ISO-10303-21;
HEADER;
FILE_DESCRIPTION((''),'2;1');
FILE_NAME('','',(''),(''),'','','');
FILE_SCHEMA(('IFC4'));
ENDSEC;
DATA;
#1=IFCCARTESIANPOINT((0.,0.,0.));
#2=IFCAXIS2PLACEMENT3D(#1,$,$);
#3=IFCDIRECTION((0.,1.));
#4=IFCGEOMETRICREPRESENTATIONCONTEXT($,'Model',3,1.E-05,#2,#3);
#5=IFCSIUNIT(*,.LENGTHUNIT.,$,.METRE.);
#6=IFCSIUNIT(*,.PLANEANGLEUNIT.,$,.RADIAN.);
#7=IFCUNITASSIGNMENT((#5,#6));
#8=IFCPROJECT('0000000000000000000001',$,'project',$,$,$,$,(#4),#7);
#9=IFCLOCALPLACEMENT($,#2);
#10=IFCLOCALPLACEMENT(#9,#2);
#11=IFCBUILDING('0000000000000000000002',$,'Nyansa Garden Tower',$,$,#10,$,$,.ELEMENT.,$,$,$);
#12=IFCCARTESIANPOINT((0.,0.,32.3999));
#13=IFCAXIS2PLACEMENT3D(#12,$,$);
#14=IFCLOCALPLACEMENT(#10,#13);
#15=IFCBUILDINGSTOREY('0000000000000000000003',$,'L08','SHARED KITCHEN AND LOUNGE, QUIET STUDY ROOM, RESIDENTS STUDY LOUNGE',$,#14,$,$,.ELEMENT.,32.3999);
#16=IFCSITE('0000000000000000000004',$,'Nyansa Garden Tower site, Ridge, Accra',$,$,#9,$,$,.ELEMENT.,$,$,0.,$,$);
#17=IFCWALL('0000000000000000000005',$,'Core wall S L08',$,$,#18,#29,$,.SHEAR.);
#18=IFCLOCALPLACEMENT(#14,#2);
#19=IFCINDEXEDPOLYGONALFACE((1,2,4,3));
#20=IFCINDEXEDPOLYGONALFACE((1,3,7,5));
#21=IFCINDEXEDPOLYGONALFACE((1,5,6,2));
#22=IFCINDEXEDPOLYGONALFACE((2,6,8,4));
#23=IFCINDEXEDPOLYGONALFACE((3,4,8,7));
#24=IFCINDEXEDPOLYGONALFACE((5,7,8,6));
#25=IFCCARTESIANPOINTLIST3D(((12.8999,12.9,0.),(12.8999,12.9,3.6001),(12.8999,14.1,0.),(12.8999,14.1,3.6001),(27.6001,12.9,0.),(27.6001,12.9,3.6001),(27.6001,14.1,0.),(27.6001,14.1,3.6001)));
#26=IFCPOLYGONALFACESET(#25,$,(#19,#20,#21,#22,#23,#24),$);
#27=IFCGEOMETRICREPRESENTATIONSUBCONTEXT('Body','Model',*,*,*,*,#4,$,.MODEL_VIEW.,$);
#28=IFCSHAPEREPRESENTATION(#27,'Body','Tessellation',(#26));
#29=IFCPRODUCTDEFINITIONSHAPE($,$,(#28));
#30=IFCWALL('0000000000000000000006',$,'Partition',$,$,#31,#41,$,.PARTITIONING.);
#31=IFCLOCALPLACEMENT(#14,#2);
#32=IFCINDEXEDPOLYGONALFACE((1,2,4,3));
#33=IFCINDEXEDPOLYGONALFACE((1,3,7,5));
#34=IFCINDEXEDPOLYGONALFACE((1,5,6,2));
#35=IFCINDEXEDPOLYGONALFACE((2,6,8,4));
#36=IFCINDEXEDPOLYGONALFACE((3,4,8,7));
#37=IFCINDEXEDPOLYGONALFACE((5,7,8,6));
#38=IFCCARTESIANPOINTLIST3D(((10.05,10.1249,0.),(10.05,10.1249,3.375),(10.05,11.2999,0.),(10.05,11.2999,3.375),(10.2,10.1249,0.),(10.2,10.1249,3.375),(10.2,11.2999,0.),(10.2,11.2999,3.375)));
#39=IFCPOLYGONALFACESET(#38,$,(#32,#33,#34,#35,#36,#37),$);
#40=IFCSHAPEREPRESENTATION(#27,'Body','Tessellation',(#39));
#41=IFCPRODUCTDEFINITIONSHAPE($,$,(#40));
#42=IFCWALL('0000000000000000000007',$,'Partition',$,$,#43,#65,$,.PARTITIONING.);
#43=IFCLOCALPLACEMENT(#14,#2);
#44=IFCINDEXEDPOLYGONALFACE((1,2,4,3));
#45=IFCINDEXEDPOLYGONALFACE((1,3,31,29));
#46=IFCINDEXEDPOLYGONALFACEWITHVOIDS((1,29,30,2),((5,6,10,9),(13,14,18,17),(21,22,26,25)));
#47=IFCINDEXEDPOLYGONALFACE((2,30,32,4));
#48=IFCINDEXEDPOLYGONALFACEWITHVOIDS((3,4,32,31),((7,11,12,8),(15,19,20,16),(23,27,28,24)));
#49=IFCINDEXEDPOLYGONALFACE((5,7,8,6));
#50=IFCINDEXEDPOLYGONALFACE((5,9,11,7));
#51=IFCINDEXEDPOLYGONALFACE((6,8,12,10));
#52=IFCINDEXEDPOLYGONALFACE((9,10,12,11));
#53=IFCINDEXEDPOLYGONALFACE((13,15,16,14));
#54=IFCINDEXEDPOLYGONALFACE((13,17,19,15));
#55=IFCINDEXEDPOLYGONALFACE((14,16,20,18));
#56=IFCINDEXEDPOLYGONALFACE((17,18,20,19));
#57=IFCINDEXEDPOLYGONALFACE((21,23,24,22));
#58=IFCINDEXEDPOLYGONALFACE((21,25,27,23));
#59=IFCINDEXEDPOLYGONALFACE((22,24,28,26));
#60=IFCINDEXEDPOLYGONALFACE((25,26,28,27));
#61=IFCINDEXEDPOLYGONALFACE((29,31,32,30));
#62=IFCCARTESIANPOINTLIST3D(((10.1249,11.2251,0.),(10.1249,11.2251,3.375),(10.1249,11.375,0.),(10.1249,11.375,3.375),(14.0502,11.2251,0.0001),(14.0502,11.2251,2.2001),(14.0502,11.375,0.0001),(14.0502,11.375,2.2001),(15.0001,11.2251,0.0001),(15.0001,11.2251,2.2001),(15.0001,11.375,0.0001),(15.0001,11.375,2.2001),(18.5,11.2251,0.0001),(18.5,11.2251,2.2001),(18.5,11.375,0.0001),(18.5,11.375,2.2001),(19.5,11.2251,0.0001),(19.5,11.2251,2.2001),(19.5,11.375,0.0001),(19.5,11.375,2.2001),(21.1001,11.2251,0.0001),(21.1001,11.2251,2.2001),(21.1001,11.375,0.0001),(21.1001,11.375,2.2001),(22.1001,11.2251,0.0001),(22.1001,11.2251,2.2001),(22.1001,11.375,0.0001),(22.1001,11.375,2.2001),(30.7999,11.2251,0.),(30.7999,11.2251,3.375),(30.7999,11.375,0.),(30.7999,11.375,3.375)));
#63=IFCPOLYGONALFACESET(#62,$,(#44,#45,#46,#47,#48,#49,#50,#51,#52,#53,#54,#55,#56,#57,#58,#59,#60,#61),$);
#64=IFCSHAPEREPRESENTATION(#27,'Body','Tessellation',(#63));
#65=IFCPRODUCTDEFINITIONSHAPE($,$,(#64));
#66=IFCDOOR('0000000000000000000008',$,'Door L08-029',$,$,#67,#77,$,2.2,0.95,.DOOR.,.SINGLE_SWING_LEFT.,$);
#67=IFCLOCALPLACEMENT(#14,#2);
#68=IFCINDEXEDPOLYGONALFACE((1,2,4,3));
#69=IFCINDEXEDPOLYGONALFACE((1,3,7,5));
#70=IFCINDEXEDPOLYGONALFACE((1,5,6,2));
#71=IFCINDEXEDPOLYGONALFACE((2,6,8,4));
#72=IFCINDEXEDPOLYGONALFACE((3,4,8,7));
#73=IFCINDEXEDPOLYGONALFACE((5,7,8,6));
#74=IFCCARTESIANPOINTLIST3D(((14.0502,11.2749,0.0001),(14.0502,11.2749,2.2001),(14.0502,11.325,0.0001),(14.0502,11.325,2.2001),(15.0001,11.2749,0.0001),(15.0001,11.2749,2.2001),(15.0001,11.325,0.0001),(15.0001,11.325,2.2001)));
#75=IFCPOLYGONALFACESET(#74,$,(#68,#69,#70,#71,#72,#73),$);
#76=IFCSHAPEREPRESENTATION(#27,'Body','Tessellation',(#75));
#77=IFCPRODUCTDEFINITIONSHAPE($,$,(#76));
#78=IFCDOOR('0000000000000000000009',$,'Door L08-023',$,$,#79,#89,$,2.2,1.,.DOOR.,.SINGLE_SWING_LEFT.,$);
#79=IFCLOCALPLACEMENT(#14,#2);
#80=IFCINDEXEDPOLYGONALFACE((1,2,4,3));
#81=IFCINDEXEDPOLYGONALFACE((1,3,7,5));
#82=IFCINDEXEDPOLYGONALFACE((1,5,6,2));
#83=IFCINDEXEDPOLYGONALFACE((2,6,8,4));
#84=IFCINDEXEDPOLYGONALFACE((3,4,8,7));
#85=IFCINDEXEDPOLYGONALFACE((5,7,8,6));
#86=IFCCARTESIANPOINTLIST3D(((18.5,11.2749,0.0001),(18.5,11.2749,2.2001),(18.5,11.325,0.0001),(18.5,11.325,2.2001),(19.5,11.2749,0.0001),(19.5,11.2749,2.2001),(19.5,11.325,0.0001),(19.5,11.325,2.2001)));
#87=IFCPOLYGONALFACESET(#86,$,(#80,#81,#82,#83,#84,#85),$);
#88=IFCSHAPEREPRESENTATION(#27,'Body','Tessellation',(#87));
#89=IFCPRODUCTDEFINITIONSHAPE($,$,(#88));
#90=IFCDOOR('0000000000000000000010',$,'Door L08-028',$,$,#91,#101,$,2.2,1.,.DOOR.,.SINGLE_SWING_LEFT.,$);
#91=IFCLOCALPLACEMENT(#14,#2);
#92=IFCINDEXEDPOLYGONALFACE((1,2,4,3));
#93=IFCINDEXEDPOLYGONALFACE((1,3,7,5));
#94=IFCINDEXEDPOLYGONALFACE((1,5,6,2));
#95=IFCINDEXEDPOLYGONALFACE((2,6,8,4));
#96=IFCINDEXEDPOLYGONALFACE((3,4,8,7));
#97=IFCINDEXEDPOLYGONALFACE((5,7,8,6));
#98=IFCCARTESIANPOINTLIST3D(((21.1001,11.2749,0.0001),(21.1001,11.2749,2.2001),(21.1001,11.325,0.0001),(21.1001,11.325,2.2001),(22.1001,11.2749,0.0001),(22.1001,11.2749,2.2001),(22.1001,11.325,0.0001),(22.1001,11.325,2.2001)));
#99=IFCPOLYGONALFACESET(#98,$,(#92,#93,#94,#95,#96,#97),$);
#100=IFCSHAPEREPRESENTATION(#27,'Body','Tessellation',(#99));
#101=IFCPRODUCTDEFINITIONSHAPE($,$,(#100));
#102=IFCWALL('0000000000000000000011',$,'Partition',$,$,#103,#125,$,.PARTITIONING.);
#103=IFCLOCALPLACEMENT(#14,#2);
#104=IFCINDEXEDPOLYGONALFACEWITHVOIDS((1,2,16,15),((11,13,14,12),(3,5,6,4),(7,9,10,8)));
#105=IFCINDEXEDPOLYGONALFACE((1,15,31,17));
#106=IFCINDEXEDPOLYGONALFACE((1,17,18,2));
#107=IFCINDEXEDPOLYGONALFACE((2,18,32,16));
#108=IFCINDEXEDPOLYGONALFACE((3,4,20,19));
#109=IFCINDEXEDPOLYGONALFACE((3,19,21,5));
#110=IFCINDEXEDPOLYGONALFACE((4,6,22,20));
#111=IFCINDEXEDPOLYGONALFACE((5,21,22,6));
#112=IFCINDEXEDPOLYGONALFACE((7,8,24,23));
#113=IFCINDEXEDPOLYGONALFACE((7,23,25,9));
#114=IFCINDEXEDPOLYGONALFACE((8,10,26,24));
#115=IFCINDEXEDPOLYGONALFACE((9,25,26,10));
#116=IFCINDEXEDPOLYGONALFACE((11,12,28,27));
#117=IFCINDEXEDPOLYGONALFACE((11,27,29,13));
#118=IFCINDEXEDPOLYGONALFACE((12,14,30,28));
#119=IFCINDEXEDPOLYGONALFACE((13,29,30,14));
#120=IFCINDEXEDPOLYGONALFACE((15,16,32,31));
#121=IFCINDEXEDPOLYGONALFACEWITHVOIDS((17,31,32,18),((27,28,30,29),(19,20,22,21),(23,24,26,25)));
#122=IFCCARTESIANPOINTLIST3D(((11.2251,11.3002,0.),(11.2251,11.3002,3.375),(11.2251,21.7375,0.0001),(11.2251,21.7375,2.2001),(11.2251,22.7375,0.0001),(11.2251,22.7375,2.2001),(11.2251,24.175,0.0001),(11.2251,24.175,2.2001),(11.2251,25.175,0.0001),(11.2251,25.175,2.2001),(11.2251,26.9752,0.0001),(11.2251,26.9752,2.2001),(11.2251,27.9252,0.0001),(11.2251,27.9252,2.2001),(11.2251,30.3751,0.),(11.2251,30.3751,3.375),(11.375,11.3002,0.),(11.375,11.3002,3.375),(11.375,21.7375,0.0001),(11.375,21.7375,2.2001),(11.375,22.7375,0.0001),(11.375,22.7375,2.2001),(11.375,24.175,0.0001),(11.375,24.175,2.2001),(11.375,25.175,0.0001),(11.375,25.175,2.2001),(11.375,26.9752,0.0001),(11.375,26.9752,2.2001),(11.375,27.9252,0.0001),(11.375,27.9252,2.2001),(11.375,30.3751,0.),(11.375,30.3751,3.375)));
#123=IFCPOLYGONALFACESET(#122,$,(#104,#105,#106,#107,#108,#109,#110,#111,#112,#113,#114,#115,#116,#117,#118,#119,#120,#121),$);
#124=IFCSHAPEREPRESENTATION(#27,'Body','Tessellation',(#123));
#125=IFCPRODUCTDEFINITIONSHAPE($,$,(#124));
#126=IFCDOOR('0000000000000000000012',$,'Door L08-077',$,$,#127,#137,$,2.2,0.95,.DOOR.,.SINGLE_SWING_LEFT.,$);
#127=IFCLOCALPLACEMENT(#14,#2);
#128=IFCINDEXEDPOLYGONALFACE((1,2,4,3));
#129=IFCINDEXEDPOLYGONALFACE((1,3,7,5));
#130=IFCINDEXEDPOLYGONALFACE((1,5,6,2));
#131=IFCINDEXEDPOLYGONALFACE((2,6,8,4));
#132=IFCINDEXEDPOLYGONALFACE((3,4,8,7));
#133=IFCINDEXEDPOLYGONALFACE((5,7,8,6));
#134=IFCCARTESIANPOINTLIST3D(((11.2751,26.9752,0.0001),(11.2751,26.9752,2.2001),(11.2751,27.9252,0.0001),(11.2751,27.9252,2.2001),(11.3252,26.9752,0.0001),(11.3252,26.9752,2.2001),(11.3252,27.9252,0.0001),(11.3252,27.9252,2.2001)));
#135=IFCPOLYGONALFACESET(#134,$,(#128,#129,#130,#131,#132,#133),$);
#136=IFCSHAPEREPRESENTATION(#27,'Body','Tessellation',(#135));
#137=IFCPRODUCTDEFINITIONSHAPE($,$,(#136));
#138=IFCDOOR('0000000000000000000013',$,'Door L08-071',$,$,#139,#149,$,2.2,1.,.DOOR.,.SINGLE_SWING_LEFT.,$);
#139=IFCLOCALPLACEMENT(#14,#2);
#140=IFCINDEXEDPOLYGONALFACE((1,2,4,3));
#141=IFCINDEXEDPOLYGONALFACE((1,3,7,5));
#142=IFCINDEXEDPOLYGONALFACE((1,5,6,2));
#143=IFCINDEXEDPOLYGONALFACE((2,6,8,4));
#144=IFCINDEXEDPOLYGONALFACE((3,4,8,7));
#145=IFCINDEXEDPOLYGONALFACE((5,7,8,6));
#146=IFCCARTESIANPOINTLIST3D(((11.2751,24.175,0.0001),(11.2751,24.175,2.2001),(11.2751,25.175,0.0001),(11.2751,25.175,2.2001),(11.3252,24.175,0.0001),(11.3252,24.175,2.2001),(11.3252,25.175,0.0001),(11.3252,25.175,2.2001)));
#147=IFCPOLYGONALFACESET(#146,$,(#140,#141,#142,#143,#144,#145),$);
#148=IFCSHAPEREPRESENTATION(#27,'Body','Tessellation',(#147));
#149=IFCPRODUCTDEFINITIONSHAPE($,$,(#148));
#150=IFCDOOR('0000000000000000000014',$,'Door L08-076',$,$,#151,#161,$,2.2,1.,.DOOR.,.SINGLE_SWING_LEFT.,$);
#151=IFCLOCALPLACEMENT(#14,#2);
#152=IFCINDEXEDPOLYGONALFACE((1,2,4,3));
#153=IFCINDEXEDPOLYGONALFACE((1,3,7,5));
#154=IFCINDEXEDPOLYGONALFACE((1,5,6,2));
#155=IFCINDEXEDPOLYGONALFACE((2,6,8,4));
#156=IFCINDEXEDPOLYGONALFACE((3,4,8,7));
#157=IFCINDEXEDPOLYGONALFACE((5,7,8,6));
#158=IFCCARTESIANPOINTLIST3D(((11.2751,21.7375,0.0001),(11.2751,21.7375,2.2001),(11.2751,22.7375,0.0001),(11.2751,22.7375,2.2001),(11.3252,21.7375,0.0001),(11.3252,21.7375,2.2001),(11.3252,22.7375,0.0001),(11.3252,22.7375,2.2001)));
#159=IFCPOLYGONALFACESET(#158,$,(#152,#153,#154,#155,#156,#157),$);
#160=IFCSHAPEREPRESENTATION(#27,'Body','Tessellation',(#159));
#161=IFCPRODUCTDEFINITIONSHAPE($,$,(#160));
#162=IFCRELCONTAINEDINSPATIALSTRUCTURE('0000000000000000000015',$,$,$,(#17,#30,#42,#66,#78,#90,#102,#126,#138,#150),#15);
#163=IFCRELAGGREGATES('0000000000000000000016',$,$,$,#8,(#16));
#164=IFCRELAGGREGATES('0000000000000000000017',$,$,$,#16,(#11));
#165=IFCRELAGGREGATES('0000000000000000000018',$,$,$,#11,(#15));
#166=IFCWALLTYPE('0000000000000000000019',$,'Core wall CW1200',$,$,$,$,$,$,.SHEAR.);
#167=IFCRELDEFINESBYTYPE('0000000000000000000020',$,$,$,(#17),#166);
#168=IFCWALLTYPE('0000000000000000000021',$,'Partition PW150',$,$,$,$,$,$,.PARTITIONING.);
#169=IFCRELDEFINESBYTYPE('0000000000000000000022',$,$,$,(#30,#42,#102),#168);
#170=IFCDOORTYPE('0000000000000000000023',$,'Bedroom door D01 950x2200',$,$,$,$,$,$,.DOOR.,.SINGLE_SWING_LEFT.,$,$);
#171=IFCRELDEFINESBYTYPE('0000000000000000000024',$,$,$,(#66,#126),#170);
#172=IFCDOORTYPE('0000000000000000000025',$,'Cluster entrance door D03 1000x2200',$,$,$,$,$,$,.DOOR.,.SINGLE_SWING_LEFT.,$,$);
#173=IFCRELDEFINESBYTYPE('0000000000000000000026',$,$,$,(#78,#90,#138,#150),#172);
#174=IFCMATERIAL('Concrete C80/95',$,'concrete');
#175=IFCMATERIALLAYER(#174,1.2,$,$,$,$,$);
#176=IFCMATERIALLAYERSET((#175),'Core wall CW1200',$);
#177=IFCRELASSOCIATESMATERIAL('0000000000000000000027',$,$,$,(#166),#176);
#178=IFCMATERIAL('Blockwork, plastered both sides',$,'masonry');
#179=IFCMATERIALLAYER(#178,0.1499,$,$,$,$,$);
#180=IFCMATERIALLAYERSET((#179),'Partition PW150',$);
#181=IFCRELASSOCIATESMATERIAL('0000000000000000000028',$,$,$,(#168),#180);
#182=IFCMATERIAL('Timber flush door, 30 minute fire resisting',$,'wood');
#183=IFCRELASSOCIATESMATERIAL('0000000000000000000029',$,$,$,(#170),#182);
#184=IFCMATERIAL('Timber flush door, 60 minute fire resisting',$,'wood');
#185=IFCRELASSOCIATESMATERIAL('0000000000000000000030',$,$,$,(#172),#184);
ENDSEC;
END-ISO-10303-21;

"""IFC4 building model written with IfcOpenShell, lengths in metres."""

from ifc_helpers import new_model, si_unit, direction, frame, frame_2d, origin, place, context, subcontext, project, spatial, rectangle, extrude, material, layer, layer_set, type_object, element, fill, save


model = new_model("IFC4")

# Units and contexts
model_context = context("Model", 3, precision=1e-05, world=origin(), true_north=direction((0.0, 1.0)))
body_context = subcontext(model_context, "Body", "Model", "MODEL_VIEW")
ifc_project = project(units=[si_unit("LENGTHUNIT", "METRE"), si_unit("PLANEANGLEUNIT", "RADIAN")], contexts=[model_context])

# Site, building, storey
site_placement = place(None, origin())
site = spatial("IfcSite", under=ifc_project, at=site_placement, Name="Nyansa Garden Tower site, Ridge, Accra", CompositionType="ELEMENT", RefElevation=0.0)
building_placement = place(site_placement, origin())
building = spatial("IfcBuilding", under=site, at=building_placement, Name="Nyansa Garden Tower", CompositionType="ELEMENT")
storey_placement = place(building_placement, frame((0.0, 0.0, 32.3999)))
storey = spatial("IfcBuildingStorey", under=building, at=storey_placement, Name="L08", Description="SHARED KITCHEN AND LOUNGE, QUIET STUDY ROOM, RESIDENTS STUDY LOUNGE", CompositionType="ELEMENT", Elevation=32.3999)

# Walls
ifc_material_1 = material(Name="Concrete C80/95", Category="concrete")
ifc_layer_1 = layer(ifc_material_1, 1.2)
ifc_layer_set_1 = layer_set([ifc_layer_1], Name="Core wall CW1200")
wall_type_1 = type_object("IfcWallType", Name="Core wall CW1200", PredefinedType="SHEAR", material=ifc_layer_set_1)
wall_1_placement = place(storey_placement, frame((12.8999, 13.5, 0.0), z_axis=(0.0, 0.0, 1.0), x_axis=(1.0, 0.0, 0.0)))
element("IfcWall", 1, at=wall_1_placement, inside=storey, type_object=wall_type_1, Name="Core wall S L08", PredefinedType="SHEAR", context=body_context, shape_type="SweptSolid", body=[
    extrude(rectangle(XDim=14.7002, YDim=1.2, at=frame_2d((7.3501, 0.0))), origin(), (0.0, 0.0, 1.0), 3.6001),
])
ifc_material_2 = material(Name="Blockwork, plastered both sides", Category="masonry")
ifc_layer_2 = layer(ifc_material_2, 0.1499)
ifc_layer_set_2 = layer_set([ifc_layer_2], Name="Partition PW150")
wall_type_2 = type_object("IfcWallType", Name="Partition PW150", PredefinedType="PARTITIONING", material=ifc_layer_set_2)
wall_2_placement = place(storey_placement, frame((10.125, 10.125, 0.0), z_axis=(0.0, 0.0, 1.0), x_axis=(0.0, 1.0, 0.0)))
element("IfcWall", 2, at=wall_2_placement, inside=storey, type_object=wall_type_2, Name="Partition", PredefinedType="PARTITIONING", context=body_context, shape_type="SweptSolid", body=[
    extrude(rectangle(XDim=1.175, YDim=0.1499, at=frame_2d((0.5874, 0.0))), origin(), (0.0, 0.0, 1.0), 3.375),
])

# Walls, openings, doors
wall_3_placement = place(storey_placement, frame((10.125, 11.3, 0.0), z_axis=(0.0, 0.0, 1.0), x_axis=(1.0, 0.0, 0.0)))
wall_3 = element("IfcWall", 3, at=wall_3_placement, inside=storey, type_object=wall_type_2, Name="Partition", PredefinedType="PARTITIONING", context=body_context, shape_type="SweptSolid", body=[
    extrude(rectangle(XDim=20.675, YDim=0.1499, at=frame_2d((10.3374, 0.0))), origin(), (0.0, 0.0, 1.0), 3.375),
])
opening_1_placement = place(wall_3_placement, frame((8.375, 0.0, 0.0)))
opening_1 = element("IfcOpeningElement", 4, at=opening_1_placement, cuts=wall_3, PredefinedType="OPENING", context=body_context, shape_type="SweptSolid", body=[
    extrude(rectangle(XDim=1.0, YDim=2.2, at=frame_2d((0.5, 1.1001))), frame((0.0, 0.085, 0.0), z_axis=(0.0, -1.0, 0.0), x_axis=(1.0, 0.0, 0.0)), (0.0, 0.0, 1.0), 0.1699),
])
opening_2_placement = place(wall_3_placement, frame((10.9751, 0.0, 0.0)))
opening_2 = element("IfcOpeningElement", 5, at=opening_2_placement, cuts=wall_3, PredefinedType="OPENING", context=body_context, shape_type="SweptSolid", body=[
    extrude(rectangle(XDim=1.0, YDim=2.2, at=frame_2d((0.5, 1.1001))), frame((0.0, 0.085, 0.0), z_axis=(0.0, -1.0, 0.0), x_axis=(1.0, 0.0, 0.0)), (0.0, 0.0, 1.0), 0.1699),
])
opening_3_placement = place(wall_3_placement, frame((3.925, 0.0, 0.0)))
opening_3 = element("IfcOpeningElement", 6, at=opening_3_placement, cuts=wall_3, PredefinedType="OPENING", context=body_context, shape_type="SweptSolid", body=[
    extrude(rectangle(XDim=0.95, YDim=2.2, at=frame_2d((0.4751, 1.1001))), frame((0.0, 0.085, 0.0), z_axis=(0.0, -1.0, 0.0), x_axis=(1.0, 0.0, 0.0)), (0.0, 0.0, 1.0), 0.1699),
])
ifc_material_3 = material(Name="Timber flush door, 30 minute fire resisting", Category="wood")
door_type_1 = type_object("IfcDoorType", Name="Bedroom door D01 950x2200", OperationType="SINGLE_SWING_LEFT", PredefinedType="DOOR", material=ifc_material_3)
door_1_placement = place(opening_3_placement, origin())
door_1 = element("IfcDoor", 7, at=door_1_placement, inside=storey, type_object=door_type_1, Name="Door L08-029", OperationType="SINGLE_SWING_LEFT", OverallHeight=2.2, OverallWidth=0.95, PredefinedType="DOOR", context=body_context, shape_type="SweptSolid", body=[
    extrude(rectangle(XDim=0.95, YDim=2.2, at=frame_2d((0.4751, 1.1001))), frame((0.0, 0.0249, 0.0), z_axis=(0.0, -1.0, 0.0), x_axis=(1.0, 0.0, 0.0)), (0.0, 0.0, 1.0), 0.05),
])
fill(opening_3, door_1)
ifc_material_4 = material(Name="Timber flush door, 60 minute fire resisting", Category="wood")
door_type_2 = type_object("IfcDoorType", Name="Cluster entrance door D03 1000x2200", OperationType="SINGLE_SWING_LEFT", PredefinedType="DOOR", material=ifc_material_4)
door_2_placement = place(opening_1_placement, origin())
door_2 = element("IfcDoor", 8, at=door_2_placement, inside=storey, type_object=door_type_2, Name="Door L08-023", OperationType="SINGLE_SWING_LEFT", OverallHeight=2.2, OverallWidth=1.0, PredefinedType="DOOR", context=body_context, shape_type="SweptSolid", body=[
    extrude(rectangle(XDim=1.0, YDim=2.2, at=frame_2d((0.5, 1.1001))), frame((0.0, 0.0249, 0.0), z_axis=(0.0, -1.0, 0.0), x_axis=(1.0, 0.0, 0.0)), (0.0, 0.0, 1.0), 0.05),
])
fill(opening_1, door_2)
door_3_placement = place(opening_2_placement, origin())
door_3 = element("IfcDoor", 9, at=door_3_placement, inside=storey, type_object=door_type_2, Name="Door L08-028", OperationType="SINGLE_SWING_LEFT", OverallHeight=2.2, OverallWidth=1.0, PredefinedType="DOOR", context=body_context, shape_type="SweptSolid", body=[
    extrude(rectangle(XDim=1.0, YDim=2.2, at=frame_2d((0.5, 1.1001))), frame((0.0, 0.0249, 0.0), z_axis=(0.0, -1.0, 0.0), x_axis=(1.0, 0.0, 0.0)), (0.0, 0.0, 1.0), 0.05),
])
fill(opening_2, door_3)
wall_4_placement = place(storey_placement, frame((11.3, 11.3, 0.0), z_axis=(0.0, 0.0, 1.0), x_axis=(0.0, 1.0, 0.0)))
wall_4 = element("IfcWall", 10, at=wall_4_placement, inside=storey, type_object=wall_type_2, Name="Partition", PredefinedType="PARTITIONING", context=body_context, shape_type="SweptSolid", body=[
    extrude(rectangle(XDim=19.075, YDim=0.1499, at=frame_2d((9.5376, 0.0))), origin(), (0.0, 0.0, 1.0), 3.375),
])
opening_4_placement = place(wall_4_placement, frame((12.875, 0.0, 0.0)))
opening_4 = element("IfcOpeningElement", 11, at=opening_4_placement, cuts=wall_4, PredefinedType="OPENING", context=body_context, shape_type="SweptSolid", body=[
    extrude(rectangle(XDim=1.0, YDim=2.2, at=frame_2d((0.5, 1.1001))), frame((0.0, 0.085, 0.0), z_axis=(0.0, -1.0, 0.0), x_axis=(1.0, 0.0, 0.0)), (0.0, 0.0, 1.0), 0.1699),
])
opening_5_placement = place(wall_4_placement, frame((10.4375, 0.0, 0.0)))
opening_5 = element("IfcOpeningElement", 12, at=opening_5_placement, cuts=wall_4, PredefinedType="OPENING", context=body_context, shape_type="SweptSolid", body=[
    extrude(rectangle(XDim=1.0, YDim=2.2, at=frame_2d((0.5, 1.1001))), frame((0.0, 0.085, 0.0), z_axis=(0.0, -1.0, 0.0), x_axis=(1.0, 0.0, 0.0)), (0.0, 0.0, 1.0), 0.1699),
])
opening_6_placement = place(wall_4_placement, frame((15.675, 0.0, 0.0)))
opening_6 = element("IfcOpeningElement", 13, at=opening_6_placement, cuts=wall_4, PredefinedType="OPENING", context=body_context, shape_type="SweptSolid", body=[
    extrude(rectangle(XDim=0.95, YDim=2.2, at=frame_2d((0.4751, 1.1001))), frame((0.0, 0.085, 0.0), z_axis=(0.0, -1.0, 0.0), x_axis=(1.0, 0.0, 0.0)), (0.0, 0.0, 1.0), 0.1699),
])
door_4_placement = place(opening_6_placement, origin())
door_4 = element("IfcDoor", 14, at=door_4_placement, inside=storey, type_object=door_type_1, Name="Door L08-077", OperationType="SINGLE_SWING_LEFT", OverallHeight=2.2, OverallWidth=0.95, PredefinedType="DOOR", context=body_context, shape_type="SweptSolid", body=[
    extrude(rectangle(XDim=0.95, YDim=2.2, at=frame_2d((0.4751, 1.1001))), frame((0.0, 0.0249, 0.0), z_axis=(0.0, -1.0, 0.0), x_axis=(1.0, 0.0, 0.0)), (0.0, 0.0, 1.0), 0.05),
])
fill(opening_6, door_4)
door_5_placement = place(opening_4_placement, origin())
door_5 = element("IfcDoor", 15, at=door_5_placement, inside=storey, type_object=door_type_2, Name="Door L08-071", OperationType="SINGLE_SWING_LEFT", OverallHeight=2.2, OverallWidth=1.0, PredefinedType="DOOR", context=body_context, shape_type="SweptSolid", body=[
    extrude(rectangle(XDim=1.0, YDim=2.2, at=frame_2d((0.5, 1.1001))), frame((0.0, 0.0249, 0.0), z_axis=(0.0, -1.0, 0.0), x_axis=(1.0, 0.0, 0.0)), (0.0, 0.0, 1.0), 0.05),
])
fill(opening_4, door_5)
door_6_placement = place(opening_5_placement, origin())
door_6 = element("IfcDoor", 16, at=door_6_placement, inside=storey, type_object=door_type_2, Name="Door L08-076", OperationType="SINGLE_SWING_LEFT", OverallHeight=2.2, OverallWidth=1.0, PredefinedType="DOOR", context=body_context, shape_type="SweptSolid", body=[
    extrude(rectangle(XDim=1.0, YDim=2.2, at=frame_2d((0.5, 1.1001))), frame((0.0, 0.0249, 0.0), z_axis=(0.0, -1.0, 0.0), x_axis=(1.0, 0.0, 0.0)), (0.0, 0.0, 1.0), 0.05),
])
fill(opening_5, door_6)

save(model, "model.ifc")
